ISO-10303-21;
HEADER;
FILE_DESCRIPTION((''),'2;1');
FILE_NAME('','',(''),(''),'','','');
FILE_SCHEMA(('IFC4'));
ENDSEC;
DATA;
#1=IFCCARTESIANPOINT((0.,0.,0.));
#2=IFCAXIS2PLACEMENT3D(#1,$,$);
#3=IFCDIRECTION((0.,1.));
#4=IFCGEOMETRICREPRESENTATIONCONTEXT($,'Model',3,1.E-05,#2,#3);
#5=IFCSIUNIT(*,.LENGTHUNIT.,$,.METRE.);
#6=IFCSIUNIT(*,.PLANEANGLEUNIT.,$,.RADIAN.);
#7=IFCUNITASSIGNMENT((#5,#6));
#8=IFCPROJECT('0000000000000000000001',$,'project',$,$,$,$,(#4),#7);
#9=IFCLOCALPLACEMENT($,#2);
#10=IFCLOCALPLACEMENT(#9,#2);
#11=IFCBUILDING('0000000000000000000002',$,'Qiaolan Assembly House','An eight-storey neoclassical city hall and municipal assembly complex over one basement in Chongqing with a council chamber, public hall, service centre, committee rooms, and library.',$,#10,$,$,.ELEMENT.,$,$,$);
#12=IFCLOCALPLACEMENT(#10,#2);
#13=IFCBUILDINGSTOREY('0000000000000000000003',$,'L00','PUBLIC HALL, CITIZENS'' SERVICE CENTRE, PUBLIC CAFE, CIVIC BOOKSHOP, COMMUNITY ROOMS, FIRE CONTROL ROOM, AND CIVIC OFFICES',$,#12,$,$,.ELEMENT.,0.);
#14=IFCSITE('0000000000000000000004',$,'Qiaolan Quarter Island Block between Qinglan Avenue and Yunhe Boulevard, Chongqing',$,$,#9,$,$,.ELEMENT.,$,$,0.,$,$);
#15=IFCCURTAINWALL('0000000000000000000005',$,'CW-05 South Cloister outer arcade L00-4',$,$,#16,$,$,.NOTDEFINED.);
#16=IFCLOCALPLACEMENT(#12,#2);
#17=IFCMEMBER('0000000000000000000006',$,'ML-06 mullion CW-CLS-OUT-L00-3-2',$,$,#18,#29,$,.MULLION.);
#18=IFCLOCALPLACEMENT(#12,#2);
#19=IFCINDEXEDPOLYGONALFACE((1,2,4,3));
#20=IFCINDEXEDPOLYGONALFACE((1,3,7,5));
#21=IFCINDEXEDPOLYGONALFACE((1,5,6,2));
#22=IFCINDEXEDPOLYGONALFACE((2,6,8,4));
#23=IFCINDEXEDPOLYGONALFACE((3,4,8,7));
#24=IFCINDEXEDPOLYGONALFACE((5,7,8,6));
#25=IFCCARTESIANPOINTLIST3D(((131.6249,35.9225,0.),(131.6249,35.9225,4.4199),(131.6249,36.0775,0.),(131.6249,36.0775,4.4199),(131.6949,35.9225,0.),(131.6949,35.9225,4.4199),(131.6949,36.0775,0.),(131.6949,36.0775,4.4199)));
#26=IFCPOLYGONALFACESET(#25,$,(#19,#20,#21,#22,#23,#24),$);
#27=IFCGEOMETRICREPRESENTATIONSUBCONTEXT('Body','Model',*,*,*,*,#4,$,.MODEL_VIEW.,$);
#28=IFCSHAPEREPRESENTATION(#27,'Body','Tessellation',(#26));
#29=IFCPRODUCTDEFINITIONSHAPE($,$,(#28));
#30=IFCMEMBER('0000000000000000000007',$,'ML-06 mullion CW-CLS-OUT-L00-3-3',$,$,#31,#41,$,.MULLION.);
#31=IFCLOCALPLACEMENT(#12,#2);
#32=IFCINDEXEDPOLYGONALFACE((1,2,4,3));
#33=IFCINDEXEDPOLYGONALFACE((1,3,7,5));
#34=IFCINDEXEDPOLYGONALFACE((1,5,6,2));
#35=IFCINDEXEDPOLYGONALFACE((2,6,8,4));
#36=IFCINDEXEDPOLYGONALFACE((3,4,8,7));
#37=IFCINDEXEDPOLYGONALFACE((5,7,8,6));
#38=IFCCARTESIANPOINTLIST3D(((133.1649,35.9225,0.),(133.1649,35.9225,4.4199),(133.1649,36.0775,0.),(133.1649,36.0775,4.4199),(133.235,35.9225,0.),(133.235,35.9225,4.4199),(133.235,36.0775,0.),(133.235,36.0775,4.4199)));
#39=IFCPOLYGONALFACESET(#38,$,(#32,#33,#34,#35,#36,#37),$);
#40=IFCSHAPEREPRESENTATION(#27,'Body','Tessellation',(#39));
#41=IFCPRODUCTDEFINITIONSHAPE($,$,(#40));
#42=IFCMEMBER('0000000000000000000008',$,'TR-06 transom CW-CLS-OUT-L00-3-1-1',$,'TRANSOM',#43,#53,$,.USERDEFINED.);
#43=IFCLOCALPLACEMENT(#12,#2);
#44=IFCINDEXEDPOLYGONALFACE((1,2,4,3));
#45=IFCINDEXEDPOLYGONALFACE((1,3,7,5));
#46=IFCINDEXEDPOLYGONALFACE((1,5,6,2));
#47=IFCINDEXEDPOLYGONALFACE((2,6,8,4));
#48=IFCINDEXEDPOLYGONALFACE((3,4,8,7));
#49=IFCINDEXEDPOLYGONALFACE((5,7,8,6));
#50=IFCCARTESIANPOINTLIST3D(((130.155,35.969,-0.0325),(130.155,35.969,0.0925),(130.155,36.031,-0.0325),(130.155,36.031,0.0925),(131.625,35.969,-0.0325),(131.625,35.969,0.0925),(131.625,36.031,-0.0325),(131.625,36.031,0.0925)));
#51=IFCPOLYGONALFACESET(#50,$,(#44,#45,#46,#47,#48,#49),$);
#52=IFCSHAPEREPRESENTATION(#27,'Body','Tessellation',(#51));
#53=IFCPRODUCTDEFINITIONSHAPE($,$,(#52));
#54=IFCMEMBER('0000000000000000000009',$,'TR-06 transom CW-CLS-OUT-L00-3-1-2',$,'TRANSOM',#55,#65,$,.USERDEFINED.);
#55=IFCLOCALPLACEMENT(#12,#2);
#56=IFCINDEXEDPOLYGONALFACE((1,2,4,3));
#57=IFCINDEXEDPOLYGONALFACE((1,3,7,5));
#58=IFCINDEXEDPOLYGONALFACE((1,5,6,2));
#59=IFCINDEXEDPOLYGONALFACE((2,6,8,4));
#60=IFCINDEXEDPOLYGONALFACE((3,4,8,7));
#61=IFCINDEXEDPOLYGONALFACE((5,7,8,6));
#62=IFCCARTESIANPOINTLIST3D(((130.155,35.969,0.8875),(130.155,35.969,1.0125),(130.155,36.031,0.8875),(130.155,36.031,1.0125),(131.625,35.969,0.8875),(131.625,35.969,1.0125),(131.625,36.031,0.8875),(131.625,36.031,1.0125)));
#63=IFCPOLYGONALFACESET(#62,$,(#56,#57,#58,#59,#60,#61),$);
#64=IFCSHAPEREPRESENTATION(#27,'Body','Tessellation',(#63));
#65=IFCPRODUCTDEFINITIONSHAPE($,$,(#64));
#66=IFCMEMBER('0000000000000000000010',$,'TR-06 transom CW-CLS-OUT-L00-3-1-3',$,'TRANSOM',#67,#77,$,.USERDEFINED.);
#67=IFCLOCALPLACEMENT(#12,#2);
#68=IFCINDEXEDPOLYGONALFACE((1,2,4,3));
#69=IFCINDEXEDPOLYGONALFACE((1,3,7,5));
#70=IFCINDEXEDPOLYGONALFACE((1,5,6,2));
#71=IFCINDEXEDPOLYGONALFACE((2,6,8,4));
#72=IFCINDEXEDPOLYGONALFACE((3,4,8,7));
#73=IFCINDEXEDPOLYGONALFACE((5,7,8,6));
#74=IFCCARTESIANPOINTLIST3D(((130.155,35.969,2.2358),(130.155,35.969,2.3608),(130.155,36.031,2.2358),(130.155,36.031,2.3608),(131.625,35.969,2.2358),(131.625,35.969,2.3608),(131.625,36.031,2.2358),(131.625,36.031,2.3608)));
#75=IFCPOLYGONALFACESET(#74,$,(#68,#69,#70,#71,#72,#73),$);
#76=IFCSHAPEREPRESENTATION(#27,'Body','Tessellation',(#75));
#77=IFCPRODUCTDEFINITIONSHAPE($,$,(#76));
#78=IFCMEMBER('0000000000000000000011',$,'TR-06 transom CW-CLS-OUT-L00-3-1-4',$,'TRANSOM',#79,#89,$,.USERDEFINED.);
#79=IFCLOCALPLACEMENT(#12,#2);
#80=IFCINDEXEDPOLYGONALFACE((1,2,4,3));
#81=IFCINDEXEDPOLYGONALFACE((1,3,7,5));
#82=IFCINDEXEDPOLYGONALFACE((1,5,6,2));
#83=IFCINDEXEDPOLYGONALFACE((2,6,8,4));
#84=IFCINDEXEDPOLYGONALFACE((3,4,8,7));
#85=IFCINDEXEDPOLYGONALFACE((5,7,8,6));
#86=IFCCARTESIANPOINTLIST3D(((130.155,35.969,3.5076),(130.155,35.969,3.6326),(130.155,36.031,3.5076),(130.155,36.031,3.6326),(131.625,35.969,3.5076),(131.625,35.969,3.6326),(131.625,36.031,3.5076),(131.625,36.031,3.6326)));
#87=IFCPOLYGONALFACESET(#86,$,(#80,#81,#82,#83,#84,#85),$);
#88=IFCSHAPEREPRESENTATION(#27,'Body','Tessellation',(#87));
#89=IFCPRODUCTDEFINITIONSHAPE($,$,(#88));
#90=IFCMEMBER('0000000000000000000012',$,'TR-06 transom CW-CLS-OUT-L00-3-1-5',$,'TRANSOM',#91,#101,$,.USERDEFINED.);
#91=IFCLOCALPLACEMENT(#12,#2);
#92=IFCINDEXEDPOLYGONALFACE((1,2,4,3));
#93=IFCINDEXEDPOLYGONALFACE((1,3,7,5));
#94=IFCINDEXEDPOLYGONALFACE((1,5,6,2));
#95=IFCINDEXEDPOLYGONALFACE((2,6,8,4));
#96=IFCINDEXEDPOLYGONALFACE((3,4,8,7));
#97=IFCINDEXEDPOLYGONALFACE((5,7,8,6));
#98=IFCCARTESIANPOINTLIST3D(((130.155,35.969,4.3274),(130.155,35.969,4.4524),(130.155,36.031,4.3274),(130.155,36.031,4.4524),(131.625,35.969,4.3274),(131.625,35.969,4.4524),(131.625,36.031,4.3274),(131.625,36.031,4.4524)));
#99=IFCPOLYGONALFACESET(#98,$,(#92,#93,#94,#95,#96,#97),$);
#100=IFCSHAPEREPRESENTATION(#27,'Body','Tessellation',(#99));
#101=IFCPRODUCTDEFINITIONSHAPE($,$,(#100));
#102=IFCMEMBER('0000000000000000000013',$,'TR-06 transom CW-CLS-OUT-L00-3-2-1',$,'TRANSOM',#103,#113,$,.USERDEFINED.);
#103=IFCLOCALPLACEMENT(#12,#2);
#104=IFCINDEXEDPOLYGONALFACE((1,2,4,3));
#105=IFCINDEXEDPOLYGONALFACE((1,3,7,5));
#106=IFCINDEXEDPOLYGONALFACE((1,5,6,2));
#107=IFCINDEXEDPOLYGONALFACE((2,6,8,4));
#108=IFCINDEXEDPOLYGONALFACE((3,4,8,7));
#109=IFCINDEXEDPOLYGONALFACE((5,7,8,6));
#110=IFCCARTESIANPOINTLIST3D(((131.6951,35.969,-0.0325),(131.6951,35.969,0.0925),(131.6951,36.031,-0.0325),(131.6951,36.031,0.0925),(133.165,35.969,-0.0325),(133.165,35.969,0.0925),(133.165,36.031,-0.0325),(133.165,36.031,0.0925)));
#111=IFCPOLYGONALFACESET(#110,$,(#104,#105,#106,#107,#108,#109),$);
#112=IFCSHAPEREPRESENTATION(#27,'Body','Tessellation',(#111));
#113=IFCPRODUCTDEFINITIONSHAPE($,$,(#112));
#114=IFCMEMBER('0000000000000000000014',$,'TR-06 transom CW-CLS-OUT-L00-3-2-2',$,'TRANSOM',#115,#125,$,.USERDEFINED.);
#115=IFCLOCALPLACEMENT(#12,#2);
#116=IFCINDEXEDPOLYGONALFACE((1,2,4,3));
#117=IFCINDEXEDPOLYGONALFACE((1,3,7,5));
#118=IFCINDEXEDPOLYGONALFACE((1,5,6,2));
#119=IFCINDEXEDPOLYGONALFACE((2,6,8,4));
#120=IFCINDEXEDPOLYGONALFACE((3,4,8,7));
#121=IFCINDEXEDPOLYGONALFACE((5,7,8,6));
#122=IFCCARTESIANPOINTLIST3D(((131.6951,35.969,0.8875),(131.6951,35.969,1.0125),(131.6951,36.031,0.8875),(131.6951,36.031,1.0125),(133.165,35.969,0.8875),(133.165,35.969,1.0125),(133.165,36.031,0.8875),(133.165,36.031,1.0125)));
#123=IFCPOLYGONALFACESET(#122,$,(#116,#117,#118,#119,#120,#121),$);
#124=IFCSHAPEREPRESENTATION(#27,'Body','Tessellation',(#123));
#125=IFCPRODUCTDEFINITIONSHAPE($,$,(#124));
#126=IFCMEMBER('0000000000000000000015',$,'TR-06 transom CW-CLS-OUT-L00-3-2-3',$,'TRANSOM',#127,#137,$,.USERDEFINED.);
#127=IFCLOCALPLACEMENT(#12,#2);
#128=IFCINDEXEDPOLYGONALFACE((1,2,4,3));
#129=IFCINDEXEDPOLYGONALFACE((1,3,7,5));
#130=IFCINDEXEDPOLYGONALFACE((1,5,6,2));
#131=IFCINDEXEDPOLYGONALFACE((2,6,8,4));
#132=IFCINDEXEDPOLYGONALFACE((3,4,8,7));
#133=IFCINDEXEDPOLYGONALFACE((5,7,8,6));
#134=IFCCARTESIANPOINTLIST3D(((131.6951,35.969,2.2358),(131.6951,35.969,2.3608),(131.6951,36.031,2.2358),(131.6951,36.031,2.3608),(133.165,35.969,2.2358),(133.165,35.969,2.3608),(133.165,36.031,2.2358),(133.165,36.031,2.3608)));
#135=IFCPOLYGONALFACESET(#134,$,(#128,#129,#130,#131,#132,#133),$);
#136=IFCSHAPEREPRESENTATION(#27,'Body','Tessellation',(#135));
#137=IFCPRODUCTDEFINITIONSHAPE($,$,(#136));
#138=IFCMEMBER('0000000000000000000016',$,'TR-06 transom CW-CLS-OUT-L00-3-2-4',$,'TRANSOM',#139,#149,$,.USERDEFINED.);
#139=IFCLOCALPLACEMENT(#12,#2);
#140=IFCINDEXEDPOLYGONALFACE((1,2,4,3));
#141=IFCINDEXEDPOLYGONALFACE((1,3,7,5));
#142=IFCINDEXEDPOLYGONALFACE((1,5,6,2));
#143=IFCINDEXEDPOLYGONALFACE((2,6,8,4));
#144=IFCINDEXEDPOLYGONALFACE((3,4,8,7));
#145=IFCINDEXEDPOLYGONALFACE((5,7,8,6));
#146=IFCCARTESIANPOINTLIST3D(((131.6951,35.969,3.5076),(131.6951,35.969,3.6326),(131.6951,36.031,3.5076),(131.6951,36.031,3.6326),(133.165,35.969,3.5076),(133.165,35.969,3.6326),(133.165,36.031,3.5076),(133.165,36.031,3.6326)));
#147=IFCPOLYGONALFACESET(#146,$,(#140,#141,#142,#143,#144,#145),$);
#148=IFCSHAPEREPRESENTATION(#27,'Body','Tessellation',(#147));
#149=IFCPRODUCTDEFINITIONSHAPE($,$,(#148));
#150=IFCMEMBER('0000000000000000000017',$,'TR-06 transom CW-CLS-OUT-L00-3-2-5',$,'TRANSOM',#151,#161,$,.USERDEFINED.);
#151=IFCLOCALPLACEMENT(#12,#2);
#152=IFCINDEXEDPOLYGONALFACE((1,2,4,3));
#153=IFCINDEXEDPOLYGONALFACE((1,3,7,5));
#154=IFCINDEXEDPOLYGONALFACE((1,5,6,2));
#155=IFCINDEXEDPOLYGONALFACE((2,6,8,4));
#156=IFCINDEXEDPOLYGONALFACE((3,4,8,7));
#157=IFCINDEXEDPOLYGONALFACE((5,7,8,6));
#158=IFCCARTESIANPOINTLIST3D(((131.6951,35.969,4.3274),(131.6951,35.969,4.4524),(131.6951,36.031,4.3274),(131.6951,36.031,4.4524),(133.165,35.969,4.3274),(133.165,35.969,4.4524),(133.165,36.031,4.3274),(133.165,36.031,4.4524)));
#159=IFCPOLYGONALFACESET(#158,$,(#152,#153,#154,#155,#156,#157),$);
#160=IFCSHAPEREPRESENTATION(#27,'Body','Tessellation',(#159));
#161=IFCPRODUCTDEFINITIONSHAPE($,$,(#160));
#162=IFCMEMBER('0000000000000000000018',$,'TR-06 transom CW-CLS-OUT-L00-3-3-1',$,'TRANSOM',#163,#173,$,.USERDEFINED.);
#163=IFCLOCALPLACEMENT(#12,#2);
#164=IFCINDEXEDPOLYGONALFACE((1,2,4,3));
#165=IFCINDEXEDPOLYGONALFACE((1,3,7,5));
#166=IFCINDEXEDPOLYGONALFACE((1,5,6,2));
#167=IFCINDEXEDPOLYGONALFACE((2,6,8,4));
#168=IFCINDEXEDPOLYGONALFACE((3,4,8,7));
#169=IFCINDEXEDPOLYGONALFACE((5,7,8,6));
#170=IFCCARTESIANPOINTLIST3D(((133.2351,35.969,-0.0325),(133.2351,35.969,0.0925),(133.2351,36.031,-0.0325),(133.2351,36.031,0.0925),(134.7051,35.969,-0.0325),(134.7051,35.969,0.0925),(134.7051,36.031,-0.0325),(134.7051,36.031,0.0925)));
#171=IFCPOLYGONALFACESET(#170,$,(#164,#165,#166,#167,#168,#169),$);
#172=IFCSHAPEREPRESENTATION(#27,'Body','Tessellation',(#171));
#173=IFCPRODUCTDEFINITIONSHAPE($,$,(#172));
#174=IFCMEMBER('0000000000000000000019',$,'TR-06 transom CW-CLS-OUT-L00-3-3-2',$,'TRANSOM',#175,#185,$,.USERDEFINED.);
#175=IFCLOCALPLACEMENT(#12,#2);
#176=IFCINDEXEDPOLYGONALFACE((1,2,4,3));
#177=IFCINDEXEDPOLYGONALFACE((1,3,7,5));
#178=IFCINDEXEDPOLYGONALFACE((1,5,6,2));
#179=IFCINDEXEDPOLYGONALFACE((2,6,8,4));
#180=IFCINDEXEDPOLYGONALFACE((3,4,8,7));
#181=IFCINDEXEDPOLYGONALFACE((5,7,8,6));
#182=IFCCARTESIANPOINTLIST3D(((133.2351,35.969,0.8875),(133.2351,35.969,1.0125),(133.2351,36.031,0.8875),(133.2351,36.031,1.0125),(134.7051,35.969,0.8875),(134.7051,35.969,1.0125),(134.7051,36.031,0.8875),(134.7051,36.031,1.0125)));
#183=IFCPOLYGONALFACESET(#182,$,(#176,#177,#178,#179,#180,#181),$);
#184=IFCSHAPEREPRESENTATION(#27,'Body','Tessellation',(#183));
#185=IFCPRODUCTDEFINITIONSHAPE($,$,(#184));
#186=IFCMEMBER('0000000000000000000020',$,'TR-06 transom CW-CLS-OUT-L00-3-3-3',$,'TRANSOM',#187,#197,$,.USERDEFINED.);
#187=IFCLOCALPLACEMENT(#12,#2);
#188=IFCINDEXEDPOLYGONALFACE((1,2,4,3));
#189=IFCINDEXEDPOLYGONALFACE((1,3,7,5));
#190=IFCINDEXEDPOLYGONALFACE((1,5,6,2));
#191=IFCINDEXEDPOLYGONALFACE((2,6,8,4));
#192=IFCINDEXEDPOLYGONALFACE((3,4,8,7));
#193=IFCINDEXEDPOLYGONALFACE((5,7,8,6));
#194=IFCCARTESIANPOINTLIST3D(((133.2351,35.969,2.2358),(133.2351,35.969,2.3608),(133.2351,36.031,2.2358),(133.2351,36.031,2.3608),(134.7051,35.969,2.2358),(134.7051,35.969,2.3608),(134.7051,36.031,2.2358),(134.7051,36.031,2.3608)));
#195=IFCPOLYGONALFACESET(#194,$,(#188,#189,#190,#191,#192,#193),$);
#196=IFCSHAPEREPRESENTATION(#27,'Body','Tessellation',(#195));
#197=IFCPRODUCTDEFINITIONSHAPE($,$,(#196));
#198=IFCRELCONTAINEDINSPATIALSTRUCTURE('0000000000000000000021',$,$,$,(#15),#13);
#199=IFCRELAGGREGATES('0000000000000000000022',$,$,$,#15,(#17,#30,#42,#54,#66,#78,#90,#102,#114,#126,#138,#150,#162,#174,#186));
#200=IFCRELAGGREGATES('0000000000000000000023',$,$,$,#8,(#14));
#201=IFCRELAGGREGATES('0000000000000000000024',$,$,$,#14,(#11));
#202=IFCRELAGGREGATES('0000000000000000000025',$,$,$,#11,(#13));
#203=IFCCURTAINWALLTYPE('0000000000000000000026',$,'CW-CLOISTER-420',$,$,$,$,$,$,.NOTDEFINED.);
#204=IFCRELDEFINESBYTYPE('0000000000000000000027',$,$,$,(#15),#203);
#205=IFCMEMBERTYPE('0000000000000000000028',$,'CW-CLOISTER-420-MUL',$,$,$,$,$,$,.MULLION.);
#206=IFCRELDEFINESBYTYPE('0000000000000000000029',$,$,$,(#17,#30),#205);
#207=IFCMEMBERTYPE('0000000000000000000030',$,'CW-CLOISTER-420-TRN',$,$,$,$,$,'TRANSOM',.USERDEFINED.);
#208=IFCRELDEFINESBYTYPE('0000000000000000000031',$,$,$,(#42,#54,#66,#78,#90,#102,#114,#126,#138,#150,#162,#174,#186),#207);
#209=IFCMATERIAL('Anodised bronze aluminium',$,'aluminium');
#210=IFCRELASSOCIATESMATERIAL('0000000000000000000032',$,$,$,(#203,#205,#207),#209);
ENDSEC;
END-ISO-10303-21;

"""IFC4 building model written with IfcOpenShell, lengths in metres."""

from ifc_helpers import new_model, si_unit, direction, frame, origin, origin_2d, place, context, subcontext, project, spatial, rectangle, extrude, material, material_profile, profile_set, type_object, element, aggregate, save


model = new_model("IFC4")

# Units and contexts
model_context = context("Model", 3, precision=1e-05, world=origin(), true_north=direction((0.0, 1.0)))
body_context = subcontext(model_context, "Body", "Model", "MODEL_VIEW")
ifc_project = project(units=[si_unit("LENGTHUNIT", "METRE"), si_unit("PLANEANGLEUNIT", "RADIAN")], contexts=[model_context])

# Site, building, storey
site_placement = place(None, origin())
site = spatial("IfcSite", under=ifc_project, at=site_placement, Name="Qiaolan Quarter Island Block between Qinglan Avenue and Yunhe Boulevard, Chongqing", CompositionType="ELEMENT", RefElevation=0.0)
building_placement = place(site_placement, origin())
building = spatial("IfcBuilding", under=site, at=building_placement, Name="Qiaolan Assembly House", Description="An eight-storey neoclassical city hall and municipal assembly complex over one basement in Chongqing with a council chamber, public hall, service centre, committee rooms, and library.", CompositionType="ELEMENT")
storey_placement = place(building_placement, origin())
storey = spatial("IfcBuildingStorey", under=building, at=storey_placement, Name="L00", Description="PUBLIC HALL, CITIZENS' SERVICE CENTRE, PUBLIC CAFE, CIVIC BOOKSHOP, COMMUNITY ROOMS, FIRE CONTROL ROOM, AND CIVIC OFFICES", CompositionType="ELEMENT", Elevation=0.0)

# Curtain wall, members
ifc_material_1 = material(Name="Anodised bronze aluminium", Category="aluminium")
curtain_wall_type = type_object("IfcCurtainWallType", Name="CW-CLOISTER-420", PredefinedType="NOTDEFINED", material=ifc_material_1)
curtain_wall_placement = place(storey_placement, origin())
curtain_wall = element("IfcCurtainWall", 1, at=curtain_wall_placement, inside=storey, type_object=curtain_wall_type, Name="CW-05 South Cloister outer arcade L00-4", PredefinedType="NOTDEFINED")
ifc_material_profile_1 = material_profile(ifc_material_1, rectangle(XDim=0.0701, YDim=0.155, at=origin_2d()), Name="MUL 70x155")
ifc_profile_set_1 = profile_set([ifc_material_profile_1], Name="Anodised bronze aluminium")
member_type_1 = type_object("IfcMemberType", Name="CW-CLOISTER-420-MUL", PredefinedType="MULLION", material=ifc_profile_set_1)
member_1_placement = place(storey_placement, frame((131.6599, 36.0, 0.0), z_axis=(0.0, 0.0, 1.0), x_axis=(1.0, 0.0, 0.0)))
member_1 = element("IfcMember", 2, at=member_1_placement, type_object=member_type_1, Name="ML-06 mullion CW-CLS-OUT-L00-3-2", PredefinedType="MULLION", context=body_context, shape_type="SweptSolid", body=[
    extrude(rectangle(XDim=0.0701, YDim=0.155, at=origin_2d()), origin(), (0.0, 0.0, 1.0), 4.4199),
])
member_2_placement = place(storey_placement, frame((133.2, 36.0, 0.0), z_axis=(0.0, 0.0, 1.0), x_axis=(1.0, 0.0, 0.0)))
member_2 = element("IfcMember", 3, at=member_2_placement, type_object=member_type_1, Name="ML-06 mullion CW-CLS-OUT-L00-3-3", PredefinedType="MULLION", context=body_context, shape_type="SweptSolid", body=[
    extrude(rectangle(XDim=0.0701, YDim=0.155, at=origin_2d()), origin(), (0.0, 0.0, 1.0), 4.4199),
])
ifc_material_profile_2 = material_profile(ifc_material_1, rectangle(XDim=0.062, YDim=0.125, at=origin_2d()), Name="TRN 62x125")
ifc_profile_set_2 = profile_set([ifc_material_profile_2], Name="Anodised bronze aluminium")
member_type_2 = type_object("IfcMemberType", Name="CW-CLOISTER-420-TRN", ElementType="TRANSOM", PredefinedType="USERDEFINED", material=ifc_profile_set_2)
member_3_placement = place(storey_placement, frame((130.155, 36.0, 0.03), z_axis=(1.0, 0.0, 0.0), x_axis=(0.0, 1.0, 0.0)))
member_3 = element("IfcMember", 4, at=member_3_placement, type_object=member_type_2, Name="TR-06 transom CW-CLS-OUT-L00-3-1-1", ObjectType="TRANSOM", PredefinedType="USERDEFINED", context=body_context, shape_type="SweptSolid", body=[
    extrude(rectangle(XDim=0.062, YDim=0.125, at=origin_2d()), origin(), (0.0, 0.0, 1.0), 1.47),
])
member_4_placement = place(storey_placement, frame((130.155, 36.0, 0.95), z_axis=(1.0, 0.0, 0.0), x_axis=(0.0, 1.0, 0.0)))
member_4 = element("IfcMember", 5, at=member_4_placement, type_object=member_type_2, Name="TR-06 transom CW-CLS-OUT-L00-3-1-2", ObjectType="TRANSOM", PredefinedType="USERDEFINED", context=body_context, shape_type="SweptSolid", body=[
    extrude(rectangle(XDim=0.062, YDim=0.125, at=origin_2d()), origin(), (0.0, 0.0, 1.0), 1.47),
])
member_5_placement = place(storey_placement, frame((130.155, 36.0, 2.2983), z_axis=(1.0, 0.0, 0.0), x_axis=(0.0, 1.0, 0.0)))
member_5 = element("IfcMember", 6, at=member_5_placement, type_object=member_type_2, Name="TR-06 transom CW-CLS-OUT-L00-3-1-3", ObjectType="TRANSOM", PredefinedType="USERDEFINED", context=body_context, shape_type="SweptSolid", body=[
    extrude(rectangle(XDim=0.062, YDim=0.125, at=origin_2d()), origin(), (0.0, 0.0, 1.0), 1.47),
])
member_6_placement = place(storey_placement, frame((130.155, 36.0, 3.5701), z_axis=(1.0, 0.0, 0.0), x_axis=(0.0, 1.0, 0.0)))
member_6 = element("IfcMember", 7, at=member_6_placement, type_object=member_type_2, Name="TR-06 transom CW-CLS-OUT-L00-3-1-4", ObjectType="TRANSOM", PredefinedType="USERDEFINED", context=body_context, shape_type="SweptSolid", body=[
    extrude(rectangle(XDim=0.062, YDim=0.125, at=origin_2d()), origin(), (0.0, 0.0, 1.0), 1.47),
])
member_7_placement = place(storey_placement, frame((130.155, 36.0, 4.3899), z_axis=(1.0, 0.0, 0.0), x_axis=(0.0, 1.0, 0.0)))
member_7 = element("IfcMember", 8, at=member_7_placement, type_object=member_type_2, Name="TR-06 transom CW-CLS-OUT-L00-3-1-5", ObjectType="TRANSOM", PredefinedType="USERDEFINED", context=body_context, shape_type="SweptSolid", body=[
    extrude(rectangle(XDim=0.062, YDim=0.125, at=origin_2d()), origin(), (0.0, 0.0, 1.0), 1.47),
])
member_8_placement = place(storey_placement, frame((131.6951, 36.0, 0.03), z_axis=(1.0, 0.0, 0.0), x_axis=(0.0, 1.0, 0.0)))
member_8 = element("IfcMember", 9, at=member_8_placement, type_object=member_type_2, Name="TR-06 transom CW-CLS-OUT-L00-3-2-1", ObjectType="TRANSOM", PredefinedType="USERDEFINED", context=body_context, shape_type="SweptSolid", body=[
    extrude(rectangle(XDim=0.062, YDim=0.125, at=origin_2d()), origin(), (0.0, 0.0, 1.0), 1.47),
])
member_9_placement = place(storey_placement, frame((131.6951, 36.0, 0.95), z_axis=(1.0, 0.0, 0.0), x_axis=(0.0, 1.0, 0.0)))
member_9 = element("IfcMember", 10, at=member_9_placement, type_object=member_type_2, Name="TR-06 transom CW-CLS-OUT-L00-3-2-2", ObjectType="TRANSOM", PredefinedType="USERDEFINED", context=body_context, shape_type="SweptSolid", body=[
    extrude(rectangle(XDim=0.062, YDim=0.125, at=origin_2d()), origin(), (0.0, 0.0, 1.0), 1.47),
])
member_10_placement = place(storey_placement, frame((131.6951, 36.0, 2.2983), z_axis=(1.0, 0.0, 0.0), x_axis=(0.0, 1.0, 0.0)))
member_10 = element("IfcMember", 11, at=member_10_placement, type_object=member_type_2, Name="TR-06 transom CW-CLS-OUT-L00-3-2-3", ObjectType="TRANSOM", PredefinedType="USERDEFINED", context=body_context, shape_type="SweptSolid", body=[
    extrude(rectangle(XDim=0.062, YDim=0.125, at=origin_2d()), origin(), (0.0, 0.0, 1.0), 1.47),
])
member_11_placement = place(storey_placement, frame((131.6951, 36.0, 3.5701), z_axis=(1.0, 0.0, 0.0), x_axis=(0.0, 1.0, 0.0)))
member_11 = element("IfcMember", 12, at=member_11_placement, type_object=member_type_2, Name="TR-06 transom CW-CLS-OUT-L00-3-2-4", ObjectType="TRANSOM", PredefinedType="USERDEFINED", context=body_context, shape_type="SweptSolid", body=[
    extrude(rectangle(XDim=0.062, YDim=0.125, at=origin_2d()), origin(), (0.0, 0.0, 1.0), 1.47),
])
member_12_placement = place(storey_placement, frame((131.6951, 36.0, 4.3899), z_axis=(1.0, 0.0, 0.0), x_axis=(0.0, 1.0, 0.0)))
member_12 = element("IfcMember", 13, at=member_12_placement, type_object=member_type_2, Name="TR-06 transom CW-CLS-OUT-L00-3-2-5", ObjectType="TRANSOM", PredefinedType="USERDEFINED", context=body_context, shape_type="SweptSolid", body=[
    extrude(rectangle(XDim=0.062, YDim=0.125, at=origin_2d()), origin(), (0.0, 0.0, 1.0), 1.47),
])
member_13_placement = place(storey_placement, frame((133.2351, 36.0, 0.03), z_axis=(1.0, 0.0, 0.0), x_axis=(0.0, 1.0, 0.0)))
member_13 = element("IfcMember", 14, at=member_13_placement, type_object=member_type_2, Name="TR-06 transom CW-CLS-OUT-L00-3-3-1", ObjectType="TRANSOM", PredefinedType="USERDEFINED", context=body_context, shape_type="SweptSolid", body=[
    extrude(rectangle(XDim=0.062, YDim=0.125, at=origin_2d()), origin(), (0.0, 0.0, 1.0), 1.47),
])
member_14_placement = place(storey_placement, frame((133.2351, 36.0, 0.95), z_axis=(1.0, 0.0, 0.0), x_axis=(0.0, 1.0, 0.0)))
member_14 = element("IfcMember", 15, at=member_14_placement, type_object=member_type_2, Name="TR-06 transom CW-CLS-OUT-L00-3-3-2", ObjectType="TRANSOM", PredefinedType="USERDEFINED", context=body_context, shape_type="SweptSolid", body=[
    extrude(rectangle(XDim=0.062, YDim=0.125, at=origin_2d()), origin(), (0.0, 0.0, 1.0), 1.47),
])
member_15_placement = place(storey_placement, frame((133.2351, 36.0, 2.2983), z_axis=(1.0, 0.0, 0.0), x_axis=(0.0, 1.0, 0.0)))
member_15 = element("IfcMember", 16, at=member_15_placement, type_object=member_type_2, Name="TR-06 transom CW-CLS-OUT-L00-3-3-3", ObjectType="TRANSOM", PredefinedType="USERDEFINED", context=body_context, shape_type="SweptSolid", body=[
    extrude(rectangle(XDim=0.062, YDim=0.125, at=origin_2d()), origin(), (0.0, 0.0, 1.0), 1.47),
])

aggregate(curtain_wall, [member_1, member_2, member_3, member_4, member_5, member_6, member_7, member_8, member_9, member_10, member_11, member_12, member_13, member_14, member_15])

save(model, "model.ifc")
